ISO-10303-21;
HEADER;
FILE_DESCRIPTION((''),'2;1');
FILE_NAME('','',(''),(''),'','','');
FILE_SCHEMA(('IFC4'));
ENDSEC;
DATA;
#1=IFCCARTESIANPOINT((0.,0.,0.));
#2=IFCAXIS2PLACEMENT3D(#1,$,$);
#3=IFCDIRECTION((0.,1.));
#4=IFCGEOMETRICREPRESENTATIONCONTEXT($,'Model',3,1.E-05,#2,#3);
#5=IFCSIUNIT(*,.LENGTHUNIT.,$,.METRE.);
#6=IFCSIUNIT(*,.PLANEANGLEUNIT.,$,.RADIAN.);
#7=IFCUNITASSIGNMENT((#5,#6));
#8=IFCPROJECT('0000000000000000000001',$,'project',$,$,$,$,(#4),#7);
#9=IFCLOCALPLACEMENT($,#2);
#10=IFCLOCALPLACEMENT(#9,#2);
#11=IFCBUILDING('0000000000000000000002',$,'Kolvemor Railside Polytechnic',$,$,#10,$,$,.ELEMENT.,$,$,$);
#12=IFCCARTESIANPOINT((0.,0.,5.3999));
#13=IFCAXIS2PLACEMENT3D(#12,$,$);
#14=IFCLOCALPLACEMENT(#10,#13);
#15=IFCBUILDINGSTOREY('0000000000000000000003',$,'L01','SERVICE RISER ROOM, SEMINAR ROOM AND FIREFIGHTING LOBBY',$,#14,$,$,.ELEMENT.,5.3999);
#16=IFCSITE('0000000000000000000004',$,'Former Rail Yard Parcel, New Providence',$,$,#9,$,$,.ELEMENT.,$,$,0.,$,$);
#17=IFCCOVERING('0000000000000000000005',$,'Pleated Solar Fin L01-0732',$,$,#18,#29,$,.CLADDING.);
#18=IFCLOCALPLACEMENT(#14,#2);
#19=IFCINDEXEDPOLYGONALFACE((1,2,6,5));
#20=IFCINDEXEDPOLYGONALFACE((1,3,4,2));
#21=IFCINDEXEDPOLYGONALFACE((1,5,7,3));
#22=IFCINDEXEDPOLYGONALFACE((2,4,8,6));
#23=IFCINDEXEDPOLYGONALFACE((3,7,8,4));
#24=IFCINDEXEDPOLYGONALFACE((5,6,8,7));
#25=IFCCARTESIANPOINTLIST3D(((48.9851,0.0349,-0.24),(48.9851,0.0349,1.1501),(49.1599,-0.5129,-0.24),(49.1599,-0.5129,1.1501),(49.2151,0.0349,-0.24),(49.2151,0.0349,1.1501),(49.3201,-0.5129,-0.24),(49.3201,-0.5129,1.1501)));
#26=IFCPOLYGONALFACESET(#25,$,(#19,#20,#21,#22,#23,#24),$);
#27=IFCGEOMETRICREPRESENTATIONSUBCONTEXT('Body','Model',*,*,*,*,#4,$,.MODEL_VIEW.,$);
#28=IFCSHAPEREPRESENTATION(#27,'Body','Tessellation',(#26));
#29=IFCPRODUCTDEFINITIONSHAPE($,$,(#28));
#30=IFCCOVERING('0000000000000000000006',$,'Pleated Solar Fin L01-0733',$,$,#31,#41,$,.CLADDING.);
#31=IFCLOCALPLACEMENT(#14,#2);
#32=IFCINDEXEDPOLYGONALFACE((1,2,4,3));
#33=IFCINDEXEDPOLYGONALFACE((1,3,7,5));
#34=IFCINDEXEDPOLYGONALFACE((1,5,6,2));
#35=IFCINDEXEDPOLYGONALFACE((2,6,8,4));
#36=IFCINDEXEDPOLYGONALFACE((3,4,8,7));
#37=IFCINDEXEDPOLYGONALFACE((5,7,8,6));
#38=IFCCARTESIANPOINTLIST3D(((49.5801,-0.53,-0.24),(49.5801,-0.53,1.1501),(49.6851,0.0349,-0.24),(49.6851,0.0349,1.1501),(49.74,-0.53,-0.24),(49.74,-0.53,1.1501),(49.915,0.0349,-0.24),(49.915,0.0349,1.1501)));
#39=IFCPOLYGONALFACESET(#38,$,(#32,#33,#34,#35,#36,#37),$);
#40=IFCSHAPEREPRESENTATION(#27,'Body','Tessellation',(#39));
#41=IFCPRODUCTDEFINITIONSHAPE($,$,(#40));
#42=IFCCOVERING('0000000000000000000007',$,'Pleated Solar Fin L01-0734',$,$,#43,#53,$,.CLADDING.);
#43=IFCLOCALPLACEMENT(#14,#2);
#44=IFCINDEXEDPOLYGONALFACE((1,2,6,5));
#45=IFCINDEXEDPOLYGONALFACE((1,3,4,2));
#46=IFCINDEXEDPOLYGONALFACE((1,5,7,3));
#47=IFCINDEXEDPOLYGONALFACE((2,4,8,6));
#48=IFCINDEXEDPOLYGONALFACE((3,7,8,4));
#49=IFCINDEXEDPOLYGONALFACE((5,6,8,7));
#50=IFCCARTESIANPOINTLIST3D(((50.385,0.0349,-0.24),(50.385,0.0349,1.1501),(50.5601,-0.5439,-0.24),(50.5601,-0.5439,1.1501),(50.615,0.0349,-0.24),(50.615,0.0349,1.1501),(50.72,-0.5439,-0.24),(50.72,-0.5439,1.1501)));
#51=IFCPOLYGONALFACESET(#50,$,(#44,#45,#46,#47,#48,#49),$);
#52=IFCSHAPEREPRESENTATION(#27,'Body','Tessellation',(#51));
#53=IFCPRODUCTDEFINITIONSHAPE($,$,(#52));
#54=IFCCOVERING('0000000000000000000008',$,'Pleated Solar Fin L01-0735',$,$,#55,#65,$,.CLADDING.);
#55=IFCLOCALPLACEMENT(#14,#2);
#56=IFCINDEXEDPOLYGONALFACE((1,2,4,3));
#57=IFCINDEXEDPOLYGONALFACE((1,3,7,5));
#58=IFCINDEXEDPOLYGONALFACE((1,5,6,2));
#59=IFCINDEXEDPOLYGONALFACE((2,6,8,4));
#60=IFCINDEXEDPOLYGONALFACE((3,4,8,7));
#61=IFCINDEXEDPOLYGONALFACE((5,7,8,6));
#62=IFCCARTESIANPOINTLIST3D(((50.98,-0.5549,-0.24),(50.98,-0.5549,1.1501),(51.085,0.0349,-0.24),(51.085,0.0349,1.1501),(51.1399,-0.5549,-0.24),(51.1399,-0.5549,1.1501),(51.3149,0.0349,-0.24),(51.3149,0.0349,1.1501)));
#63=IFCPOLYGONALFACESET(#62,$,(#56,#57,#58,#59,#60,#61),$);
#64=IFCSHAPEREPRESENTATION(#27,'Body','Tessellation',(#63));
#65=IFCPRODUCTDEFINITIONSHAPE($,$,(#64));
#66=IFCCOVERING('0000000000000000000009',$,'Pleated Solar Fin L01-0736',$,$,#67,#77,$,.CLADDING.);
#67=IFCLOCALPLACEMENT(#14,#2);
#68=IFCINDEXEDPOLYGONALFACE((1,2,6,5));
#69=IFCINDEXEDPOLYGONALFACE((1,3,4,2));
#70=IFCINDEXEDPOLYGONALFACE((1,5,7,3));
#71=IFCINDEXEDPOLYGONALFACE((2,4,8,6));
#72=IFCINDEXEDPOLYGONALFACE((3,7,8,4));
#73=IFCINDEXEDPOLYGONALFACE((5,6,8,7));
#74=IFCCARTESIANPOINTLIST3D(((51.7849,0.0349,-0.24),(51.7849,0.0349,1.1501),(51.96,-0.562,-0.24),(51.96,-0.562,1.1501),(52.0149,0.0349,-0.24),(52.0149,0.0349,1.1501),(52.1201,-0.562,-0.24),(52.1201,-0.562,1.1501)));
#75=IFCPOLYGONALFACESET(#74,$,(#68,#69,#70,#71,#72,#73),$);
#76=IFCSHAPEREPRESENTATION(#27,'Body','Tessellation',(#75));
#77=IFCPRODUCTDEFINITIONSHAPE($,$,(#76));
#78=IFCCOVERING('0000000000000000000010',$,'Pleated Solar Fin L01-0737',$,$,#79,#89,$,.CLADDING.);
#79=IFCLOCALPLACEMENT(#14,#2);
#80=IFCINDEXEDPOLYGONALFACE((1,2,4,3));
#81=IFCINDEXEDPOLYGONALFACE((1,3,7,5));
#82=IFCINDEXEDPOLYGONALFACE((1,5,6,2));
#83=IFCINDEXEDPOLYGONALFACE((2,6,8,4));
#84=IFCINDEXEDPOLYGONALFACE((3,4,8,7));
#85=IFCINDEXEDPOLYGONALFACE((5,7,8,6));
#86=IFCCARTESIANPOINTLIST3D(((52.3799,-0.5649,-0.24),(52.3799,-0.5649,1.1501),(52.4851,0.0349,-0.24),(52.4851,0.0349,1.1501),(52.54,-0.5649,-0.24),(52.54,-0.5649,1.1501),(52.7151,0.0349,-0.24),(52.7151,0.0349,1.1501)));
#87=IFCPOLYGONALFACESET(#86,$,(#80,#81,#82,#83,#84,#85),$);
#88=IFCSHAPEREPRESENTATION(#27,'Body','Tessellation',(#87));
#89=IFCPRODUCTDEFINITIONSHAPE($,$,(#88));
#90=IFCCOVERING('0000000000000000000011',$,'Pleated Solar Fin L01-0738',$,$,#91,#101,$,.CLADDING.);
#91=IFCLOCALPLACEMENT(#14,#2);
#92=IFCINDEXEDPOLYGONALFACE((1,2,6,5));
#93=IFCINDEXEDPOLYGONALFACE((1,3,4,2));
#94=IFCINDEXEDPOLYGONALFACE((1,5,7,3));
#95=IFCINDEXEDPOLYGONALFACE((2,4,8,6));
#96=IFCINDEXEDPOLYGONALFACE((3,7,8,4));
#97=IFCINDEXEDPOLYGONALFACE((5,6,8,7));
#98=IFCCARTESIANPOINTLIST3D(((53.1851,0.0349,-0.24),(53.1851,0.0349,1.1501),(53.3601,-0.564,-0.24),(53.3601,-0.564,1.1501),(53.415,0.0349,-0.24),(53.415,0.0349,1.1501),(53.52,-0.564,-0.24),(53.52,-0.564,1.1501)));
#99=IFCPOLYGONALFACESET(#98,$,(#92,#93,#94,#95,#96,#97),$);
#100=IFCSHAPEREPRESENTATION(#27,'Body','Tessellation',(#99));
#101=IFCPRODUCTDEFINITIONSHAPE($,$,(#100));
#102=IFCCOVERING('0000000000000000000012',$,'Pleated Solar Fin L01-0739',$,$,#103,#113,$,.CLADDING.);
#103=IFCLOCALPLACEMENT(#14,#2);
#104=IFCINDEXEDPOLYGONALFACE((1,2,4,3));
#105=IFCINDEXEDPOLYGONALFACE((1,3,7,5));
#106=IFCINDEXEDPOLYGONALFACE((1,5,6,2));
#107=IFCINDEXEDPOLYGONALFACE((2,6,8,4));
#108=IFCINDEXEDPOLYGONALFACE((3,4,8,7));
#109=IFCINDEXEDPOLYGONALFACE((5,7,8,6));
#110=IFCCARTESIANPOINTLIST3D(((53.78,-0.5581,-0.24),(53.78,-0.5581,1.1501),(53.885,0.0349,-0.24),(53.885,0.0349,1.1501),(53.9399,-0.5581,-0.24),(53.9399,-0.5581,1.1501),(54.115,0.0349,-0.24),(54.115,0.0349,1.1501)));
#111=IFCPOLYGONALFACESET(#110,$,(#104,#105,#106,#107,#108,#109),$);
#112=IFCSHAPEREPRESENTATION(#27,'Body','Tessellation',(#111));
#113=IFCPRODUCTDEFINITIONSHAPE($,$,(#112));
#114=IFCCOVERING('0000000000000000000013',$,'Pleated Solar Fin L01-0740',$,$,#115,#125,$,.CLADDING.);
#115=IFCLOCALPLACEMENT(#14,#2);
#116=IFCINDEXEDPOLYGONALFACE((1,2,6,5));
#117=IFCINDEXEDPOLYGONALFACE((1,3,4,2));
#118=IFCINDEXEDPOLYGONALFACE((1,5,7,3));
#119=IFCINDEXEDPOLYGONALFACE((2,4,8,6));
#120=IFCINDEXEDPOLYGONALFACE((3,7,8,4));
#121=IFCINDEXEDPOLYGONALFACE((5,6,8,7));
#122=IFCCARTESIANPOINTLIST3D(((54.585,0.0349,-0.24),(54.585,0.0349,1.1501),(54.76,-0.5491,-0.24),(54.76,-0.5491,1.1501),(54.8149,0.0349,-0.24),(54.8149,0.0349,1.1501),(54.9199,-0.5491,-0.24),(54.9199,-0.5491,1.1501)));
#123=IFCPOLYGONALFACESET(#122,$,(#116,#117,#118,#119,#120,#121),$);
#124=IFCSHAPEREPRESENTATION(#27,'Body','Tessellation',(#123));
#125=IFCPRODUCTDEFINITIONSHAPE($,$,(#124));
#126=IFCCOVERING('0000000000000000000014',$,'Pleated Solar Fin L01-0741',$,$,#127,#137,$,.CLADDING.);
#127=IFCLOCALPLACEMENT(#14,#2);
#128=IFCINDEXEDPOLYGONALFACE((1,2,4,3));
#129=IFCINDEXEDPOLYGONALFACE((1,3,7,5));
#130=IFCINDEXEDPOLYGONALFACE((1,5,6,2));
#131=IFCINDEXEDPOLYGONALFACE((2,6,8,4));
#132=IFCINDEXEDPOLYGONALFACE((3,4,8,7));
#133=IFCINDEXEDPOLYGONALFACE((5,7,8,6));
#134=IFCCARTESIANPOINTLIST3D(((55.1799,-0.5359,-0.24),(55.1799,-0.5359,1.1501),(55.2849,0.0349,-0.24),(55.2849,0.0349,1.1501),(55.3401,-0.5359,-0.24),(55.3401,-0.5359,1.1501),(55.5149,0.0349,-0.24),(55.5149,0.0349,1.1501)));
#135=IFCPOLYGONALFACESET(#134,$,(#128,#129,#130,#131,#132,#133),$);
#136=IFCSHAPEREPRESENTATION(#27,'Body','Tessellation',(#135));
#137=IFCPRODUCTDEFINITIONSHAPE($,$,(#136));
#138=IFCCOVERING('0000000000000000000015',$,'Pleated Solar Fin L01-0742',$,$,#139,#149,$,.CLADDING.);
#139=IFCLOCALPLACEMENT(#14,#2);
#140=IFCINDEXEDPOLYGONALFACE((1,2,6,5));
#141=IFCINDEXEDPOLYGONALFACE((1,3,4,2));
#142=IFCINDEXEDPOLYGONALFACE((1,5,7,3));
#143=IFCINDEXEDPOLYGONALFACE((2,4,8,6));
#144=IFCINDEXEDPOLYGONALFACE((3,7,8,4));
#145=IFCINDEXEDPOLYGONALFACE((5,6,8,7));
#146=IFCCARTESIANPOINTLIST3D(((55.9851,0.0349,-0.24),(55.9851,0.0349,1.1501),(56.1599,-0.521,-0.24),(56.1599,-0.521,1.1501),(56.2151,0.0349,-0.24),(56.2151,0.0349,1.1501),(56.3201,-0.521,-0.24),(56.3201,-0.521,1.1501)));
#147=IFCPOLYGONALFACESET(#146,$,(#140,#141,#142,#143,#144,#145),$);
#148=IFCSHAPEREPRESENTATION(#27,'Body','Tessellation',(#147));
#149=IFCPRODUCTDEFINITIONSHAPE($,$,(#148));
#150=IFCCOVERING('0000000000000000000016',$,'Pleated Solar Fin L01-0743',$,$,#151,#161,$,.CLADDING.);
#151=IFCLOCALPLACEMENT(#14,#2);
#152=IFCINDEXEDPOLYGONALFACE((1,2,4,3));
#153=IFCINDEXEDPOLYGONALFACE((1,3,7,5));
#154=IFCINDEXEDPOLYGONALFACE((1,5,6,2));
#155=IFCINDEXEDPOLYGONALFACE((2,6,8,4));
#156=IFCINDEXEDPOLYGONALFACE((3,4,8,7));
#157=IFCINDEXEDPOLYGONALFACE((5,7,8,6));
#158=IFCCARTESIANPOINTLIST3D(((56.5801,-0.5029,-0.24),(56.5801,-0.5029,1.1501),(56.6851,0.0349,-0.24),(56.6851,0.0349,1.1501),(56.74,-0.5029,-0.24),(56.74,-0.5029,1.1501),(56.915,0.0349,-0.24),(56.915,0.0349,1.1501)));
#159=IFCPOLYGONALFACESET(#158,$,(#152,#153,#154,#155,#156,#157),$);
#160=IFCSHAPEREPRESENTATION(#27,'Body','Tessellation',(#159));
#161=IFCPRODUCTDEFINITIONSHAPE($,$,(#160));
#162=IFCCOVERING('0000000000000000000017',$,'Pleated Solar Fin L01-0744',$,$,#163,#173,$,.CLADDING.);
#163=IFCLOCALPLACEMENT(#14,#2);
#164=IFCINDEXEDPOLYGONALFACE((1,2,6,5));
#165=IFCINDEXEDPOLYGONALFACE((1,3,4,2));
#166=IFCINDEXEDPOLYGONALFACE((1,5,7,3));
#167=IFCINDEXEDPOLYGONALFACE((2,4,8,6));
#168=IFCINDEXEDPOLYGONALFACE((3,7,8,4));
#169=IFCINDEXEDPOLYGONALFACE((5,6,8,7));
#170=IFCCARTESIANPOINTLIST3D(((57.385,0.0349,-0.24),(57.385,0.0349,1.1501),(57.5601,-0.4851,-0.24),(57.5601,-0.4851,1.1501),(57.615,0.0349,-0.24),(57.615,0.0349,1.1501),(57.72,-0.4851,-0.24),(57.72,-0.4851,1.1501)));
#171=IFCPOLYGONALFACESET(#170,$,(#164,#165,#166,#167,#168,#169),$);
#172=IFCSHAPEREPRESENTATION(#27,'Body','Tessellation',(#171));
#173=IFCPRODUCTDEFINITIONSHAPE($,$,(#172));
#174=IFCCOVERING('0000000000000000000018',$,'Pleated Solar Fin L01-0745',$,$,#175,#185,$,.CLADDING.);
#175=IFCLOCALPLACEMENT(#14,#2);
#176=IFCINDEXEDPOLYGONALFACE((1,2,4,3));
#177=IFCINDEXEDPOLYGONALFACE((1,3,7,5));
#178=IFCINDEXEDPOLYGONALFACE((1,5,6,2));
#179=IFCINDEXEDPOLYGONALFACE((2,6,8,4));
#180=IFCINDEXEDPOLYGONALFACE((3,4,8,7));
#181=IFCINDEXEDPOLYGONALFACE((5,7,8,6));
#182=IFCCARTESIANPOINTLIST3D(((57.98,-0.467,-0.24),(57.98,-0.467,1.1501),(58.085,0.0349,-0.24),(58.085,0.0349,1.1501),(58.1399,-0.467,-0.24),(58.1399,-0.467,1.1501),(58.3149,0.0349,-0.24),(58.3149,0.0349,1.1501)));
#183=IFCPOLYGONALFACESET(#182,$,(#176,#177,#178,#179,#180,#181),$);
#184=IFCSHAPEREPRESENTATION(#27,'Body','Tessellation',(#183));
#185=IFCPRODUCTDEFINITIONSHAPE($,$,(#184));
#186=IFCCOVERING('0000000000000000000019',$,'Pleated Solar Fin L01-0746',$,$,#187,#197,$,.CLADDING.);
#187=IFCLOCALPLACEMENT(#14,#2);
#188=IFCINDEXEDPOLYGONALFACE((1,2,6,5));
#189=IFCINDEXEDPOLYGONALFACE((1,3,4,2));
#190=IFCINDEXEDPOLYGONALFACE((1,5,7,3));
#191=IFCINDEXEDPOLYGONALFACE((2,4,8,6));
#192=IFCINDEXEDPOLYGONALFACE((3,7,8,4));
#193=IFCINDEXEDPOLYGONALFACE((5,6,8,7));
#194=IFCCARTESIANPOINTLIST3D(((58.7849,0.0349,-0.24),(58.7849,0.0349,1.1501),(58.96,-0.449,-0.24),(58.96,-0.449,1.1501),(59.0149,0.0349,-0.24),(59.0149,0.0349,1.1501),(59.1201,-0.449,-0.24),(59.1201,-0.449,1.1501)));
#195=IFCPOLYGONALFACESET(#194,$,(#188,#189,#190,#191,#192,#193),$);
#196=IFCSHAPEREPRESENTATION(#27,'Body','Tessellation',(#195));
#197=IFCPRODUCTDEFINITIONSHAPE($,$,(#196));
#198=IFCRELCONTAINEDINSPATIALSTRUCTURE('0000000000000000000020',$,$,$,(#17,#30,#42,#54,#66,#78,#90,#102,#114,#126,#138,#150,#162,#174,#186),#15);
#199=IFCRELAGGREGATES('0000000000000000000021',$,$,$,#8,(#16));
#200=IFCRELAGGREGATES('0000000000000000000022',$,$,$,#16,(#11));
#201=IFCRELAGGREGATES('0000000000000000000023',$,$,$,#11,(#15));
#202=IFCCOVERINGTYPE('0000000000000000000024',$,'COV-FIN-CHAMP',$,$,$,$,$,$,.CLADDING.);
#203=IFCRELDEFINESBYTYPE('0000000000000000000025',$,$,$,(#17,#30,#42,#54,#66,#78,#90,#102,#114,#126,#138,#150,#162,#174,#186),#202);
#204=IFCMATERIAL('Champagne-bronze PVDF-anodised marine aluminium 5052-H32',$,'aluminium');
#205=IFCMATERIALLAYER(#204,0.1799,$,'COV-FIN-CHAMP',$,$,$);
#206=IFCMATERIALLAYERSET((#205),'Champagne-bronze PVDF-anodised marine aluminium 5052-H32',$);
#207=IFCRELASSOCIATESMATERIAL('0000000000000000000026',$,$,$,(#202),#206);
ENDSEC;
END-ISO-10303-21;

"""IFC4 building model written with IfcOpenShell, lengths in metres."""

from ifc_helpers import new_model, si_unit, direction, frame, origin, place, context, subcontext, project, spatial, polyline, outline, extrude, material, layer, layer_set, type_object, element, save


model = new_model("IFC4")

# Units and contexts
model_context = context("Model", 3, precision=1e-05, world=origin(), true_north=direction((0.0, 1.0)))
body_context = subcontext(model_context, "Body", "Model", "MODEL_VIEW")
ifc_project = project(units=[si_unit("LENGTHUNIT", "METRE"), si_unit("PLANEANGLEUNIT", "RADIAN")], contexts=[model_context])

# Site, building, storey
site_placement = place(None, origin())
site = spatial("IfcSite", under=ifc_project, at=site_placement, Name="Former Rail Yard Parcel, New Providence", CompositionType="ELEMENT", RefElevation=0.0)
building_placement = place(site_placement, origin())
building = spatial("IfcBuilding", under=site, at=building_placement, Name="Kolvemor Railside Polytechnic", CompositionType="ELEMENT")
storey_placement = place(building_placement, frame((0.0, 0.0, 5.3999)))
storey = spatial("IfcBuildingStorey", under=building, at=storey_placement, Name="L01", Description="SERVICE RISER ROOM, SEMINAR ROOM AND FIREFIGHTING LOBBY", CompositionType="ELEMENT", Elevation=5.3999)

# Coverings
ifc_material_1 = material(Name="Champagne-bronze PVDF-anodised marine aluminium 5052-H32", Category="aluminium")
ifc_layer_1 = layer(ifc_material_1, 0.1799, Name="COV-FIN-CHAMP")
ifc_layer_set_1 = layer_set([ifc_layer_1], Name="Champagne-bronze PVDF-anodised marine aluminium 5052-H32")
covering_type_1 = type_object("IfcCoveringType", Name="COV-FIN-CHAMP", PredefinedType="CLADDING", material=ifc_layer_set_1)
covering_1_placement = place(storey_placement, frame((0.0, 0.0, -0.24)))
element("IfcCovering", 1, at=covering_1_placement, inside=storey, type_object=covering_type_1, Name="Pleated Solar Fin L01-0732", PredefinedType="CLADDING", context=body_context, shape_type="SweptSolid", body=[
    extrude(outline(polyline([(48.9851, 0.0349), (49.2151, 0.0349), (49.3201, -0.5129), (49.1599, -0.5129), (48.9851, 0.0349)])), origin(), (0.0, 0.0, 1.0), 1.3901),
])
covering_2_placement = place(storey_placement, frame((0.0, 0.0, -0.24)))
element("IfcCovering", 2, at=covering_2_placement, inside=storey, type_object=covering_type_1, Name="Pleated Solar Fin L01-0733", PredefinedType="CLADDING", context=body_context, shape_type="SweptSolid", body=[
    extrude(outline(polyline([(49.6851, 0.0349), (49.915, 0.0349), (49.74, -0.53), (49.5801, -0.53), (49.6851, 0.0349)])), origin(), (0.0, 0.0, 1.0), 1.3901),
])
covering_3_placement = place(storey_placement, frame((0.0, 0.0, -0.24)))
element("IfcCovering", 3, at=covering_3_placement, inside=storey, type_object=covering_type_1, Name="Pleated Solar Fin L01-0734", PredefinedType="CLADDING", context=body_context, shape_type="SweptSolid", body=[
    extrude(outline(polyline([(50.385, 0.0349), (50.615, 0.0349), (50.72, -0.5439), (50.5601, -0.5439), (50.385, 0.0349)])), origin(), (0.0, 0.0, 1.0), 1.3901),
])
covering_4_placement = place(storey_placement, frame((0.0, 0.0, -0.24)))
element("IfcCovering", 4, at=covering_4_placement, inside=storey, type_object=covering_type_1, Name="Pleated Solar Fin L01-0735", PredefinedType="CLADDING", context=body_context, shape_type="SweptSolid", body=[
    extrude(outline(polyline([(51.085, 0.0349), (51.3149, 0.0349), (51.1399, -0.5549), (50.98, -0.5549), (51.085, 0.0349)])), origin(), (0.0, 0.0, 1.0), 1.3901),
])
covering_5_placement = place(storey_placement, frame((0.0, 0.0, -0.24)))
element("IfcCovering", 5, at=covering_5_placement, inside=storey, type_object=covering_type_1, Name="Pleated Solar Fin L01-0736", PredefinedType="CLADDING", context=body_context, shape_type="SweptSolid", body=[
    extrude(outline(polyline([(51.7849, 0.0349), (52.0149, 0.0349), (52.1201, -0.562), (51.96, -0.562), (51.7849, 0.0349)])), origin(), (0.0, 0.0, 1.0), 1.3901),
])
covering_6_placement = place(storey_placement, frame((0.0, 0.0, -0.24)))
element("IfcCovering", 6, at=covering_6_placement, inside=storey, type_object=covering_type_1, Name="Pleated Solar Fin L01-0737", PredefinedType="CLADDING", context=body_context, shape_type="SweptSolid", body=[
    extrude(outline(polyline([(52.4851, 0.0349), (52.7151, 0.0349), (52.54, -0.5649), (52.3799, -0.5649), (52.4851, 0.0349)])), origin(), (0.0, 0.0, 1.0), 1.3901),
])
covering_7_placement = place(storey_placement, frame((0.0, 0.0, -0.24)))
element("IfcCovering", 7, at=covering_7_placement, inside=storey, type_object=covering_type_1, Name="Pleated Solar Fin L01-0738", PredefinedType="CLADDING", context=body_context, shape_type="SweptSolid", body=[
    extrude(outline(polyline([(53.1851, 0.0349), (53.415, 0.0349), (53.52, -0.564), (53.3601, -0.564), (53.1851, 0.0349)])), origin(), (0.0, 0.0, 1.0), 1.3901),
])
covering_8_placement = place(storey_placement, frame((0.0, 0.0, -0.24)))
element("IfcCovering", 8, at=covering_8_placement, inside=storey, type_object=covering_type_1, Name="Pleated Solar Fin L01-0739", PredefinedType="CLADDING", context=body_context, shape_type="SweptSolid", body=[
    extrude(outline(polyline([(53.885, 0.0349), (54.115, 0.0349), (53.9399, -0.5581), (53.78, -0.5581), (53.885, 0.0349)])), origin(), (0.0, 0.0, 1.0), 1.3901),
])
covering_9_placement = place(storey_placement, frame((0.0, 0.0, -0.24)))
element("IfcCovering", 9, at=covering_9_placement, inside=storey, type_object=covering_type_1, Name="Pleated Solar Fin L01-0740", PredefinedType="CLADDING", context=body_context, shape_type="SweptSolid", body=[
    extrude(outline(polyline([(54.585, 0.0349), (54.8149, 0.0349), (54.9199, -0.5491), (54.76, -0.5491), (54.585, 0.0349)])), origin(), (0.0, 0.0, 1.0), 1.3901),
])
covering_10_placement = place(storey_placement, frame((0.0, 0.0, -0.24)))
element("IfcCovering", 10, at=covering_10_placement, inside=storey, type_object=covering_type_1, Name="Pleated Solar Fin L01-0741", PredefinedType="CLADDING", context=body_context, shape_type="SweptSolid", body=[
    extrude(outline(polyline([(55.2849, 0.0349), (55.5149, 0.0349), (55.3401, -0.5359), (55.1799, -0.5359), (55.2849, 0.0349)])), origin(), (0.0, 0.0, 1.0), 1.3901),
])
covering_11_placement = place(storey_placement, frame((0.0, 0.0, -0.24)))
element("IfcCovering", 11, at=covering_11_placement, inside=storey, type_object=covering_type_1, Name="Pleated Solar Fin L01-0742", PredefinedType="CLADDING", context=body_context, shape_type="SweptSolid", body=[
    extrude(outline(polyline([(55.9851, 0.0349), (56.2151, 0.0349), (56.3201, -0.521), (56.1599, -0.521), (55.9851, 0.0349)])), origin(), (0.0, 0.0, 1.0), 1.3901),
])
covering_12_placement = place(storey_placement, frame((0.0, 0.0, -0.24)))
element("IfcCovering", 12, at=covering_12_placement, inside=storey, type_object=covering_type_1, Name="Pleated Solar Fin L01-0743", PredefinedType="CLADDING", context=body_context, shape_type="SweptSolid", body=[
    extrude(outline(polyline([(56.6851, 0.0349), (56.915, 0.0349), (56.74, -0.5029), (56.5801, -0.5029), (56.6851, 0.0349)])), origin(), (0.0, 0.0, 1.0), 1.3901),
])
covering_13_placement = place(storey_placement, frame((0.0, 0.0, -0.24)))
element("IfcCovering", 13, at=covering_13_placement, inside=storey, type_object=covering_type_1, Name="Pleated Solar Fin L01-0744", PredefinedType="CLADDING", context=body_context, shape_type="SweptSolid", body=[
    extrude(outline(polyline([(57.385, 0.0349), (57.615, 0.0349), (57.72, -0.4851), (57.5601, -0.4851), (57.385, 0.0349)])), origin(), (0.0, 0.0, 1.0), 1.3901),
])
covering_14_placement = place(storey_placement, frame((0.0, 0.0, -0.24)))
element("IfcCovering", 14, at=covering_14_placement, inside=storey, type_object=covering_type_1, Name="Pleated Solar Fin L01-0745", PredefinedType="CLADDING", context=body_context, shape_type="SweptSolid", body=[
    extrude(outline(polyline([(58.085, 0.0349), (58.3149, 0.0349), (58.1399, -0.467), (57.98, -0.467), (58.085, 0.0349)])), origin(), (0.0, 0.0, 1.0), 1.3901),
])
covering_15_placement = place(storey_placement, frame((0.0, 0.0, -0.24)))
element("IfcCovering", 15, at=covering_15_placement, inside=storey, type_object=covering_type_1, Name="Pleated Solar Fin L01-0746", PredefinedType="CLADDING", context=body_context, shape_type="SweptSolid", body=[
    extrude(outline(polyline([(58.7849, 0.0349), (59.0149, 0.0349), (59.1201, -0.449), (58.96, -0.449), (58.7849, 0.0349)])), origin(), (0.0, 0.0, 1.0), 1.3901),
])

save(model, "model.ifc")
